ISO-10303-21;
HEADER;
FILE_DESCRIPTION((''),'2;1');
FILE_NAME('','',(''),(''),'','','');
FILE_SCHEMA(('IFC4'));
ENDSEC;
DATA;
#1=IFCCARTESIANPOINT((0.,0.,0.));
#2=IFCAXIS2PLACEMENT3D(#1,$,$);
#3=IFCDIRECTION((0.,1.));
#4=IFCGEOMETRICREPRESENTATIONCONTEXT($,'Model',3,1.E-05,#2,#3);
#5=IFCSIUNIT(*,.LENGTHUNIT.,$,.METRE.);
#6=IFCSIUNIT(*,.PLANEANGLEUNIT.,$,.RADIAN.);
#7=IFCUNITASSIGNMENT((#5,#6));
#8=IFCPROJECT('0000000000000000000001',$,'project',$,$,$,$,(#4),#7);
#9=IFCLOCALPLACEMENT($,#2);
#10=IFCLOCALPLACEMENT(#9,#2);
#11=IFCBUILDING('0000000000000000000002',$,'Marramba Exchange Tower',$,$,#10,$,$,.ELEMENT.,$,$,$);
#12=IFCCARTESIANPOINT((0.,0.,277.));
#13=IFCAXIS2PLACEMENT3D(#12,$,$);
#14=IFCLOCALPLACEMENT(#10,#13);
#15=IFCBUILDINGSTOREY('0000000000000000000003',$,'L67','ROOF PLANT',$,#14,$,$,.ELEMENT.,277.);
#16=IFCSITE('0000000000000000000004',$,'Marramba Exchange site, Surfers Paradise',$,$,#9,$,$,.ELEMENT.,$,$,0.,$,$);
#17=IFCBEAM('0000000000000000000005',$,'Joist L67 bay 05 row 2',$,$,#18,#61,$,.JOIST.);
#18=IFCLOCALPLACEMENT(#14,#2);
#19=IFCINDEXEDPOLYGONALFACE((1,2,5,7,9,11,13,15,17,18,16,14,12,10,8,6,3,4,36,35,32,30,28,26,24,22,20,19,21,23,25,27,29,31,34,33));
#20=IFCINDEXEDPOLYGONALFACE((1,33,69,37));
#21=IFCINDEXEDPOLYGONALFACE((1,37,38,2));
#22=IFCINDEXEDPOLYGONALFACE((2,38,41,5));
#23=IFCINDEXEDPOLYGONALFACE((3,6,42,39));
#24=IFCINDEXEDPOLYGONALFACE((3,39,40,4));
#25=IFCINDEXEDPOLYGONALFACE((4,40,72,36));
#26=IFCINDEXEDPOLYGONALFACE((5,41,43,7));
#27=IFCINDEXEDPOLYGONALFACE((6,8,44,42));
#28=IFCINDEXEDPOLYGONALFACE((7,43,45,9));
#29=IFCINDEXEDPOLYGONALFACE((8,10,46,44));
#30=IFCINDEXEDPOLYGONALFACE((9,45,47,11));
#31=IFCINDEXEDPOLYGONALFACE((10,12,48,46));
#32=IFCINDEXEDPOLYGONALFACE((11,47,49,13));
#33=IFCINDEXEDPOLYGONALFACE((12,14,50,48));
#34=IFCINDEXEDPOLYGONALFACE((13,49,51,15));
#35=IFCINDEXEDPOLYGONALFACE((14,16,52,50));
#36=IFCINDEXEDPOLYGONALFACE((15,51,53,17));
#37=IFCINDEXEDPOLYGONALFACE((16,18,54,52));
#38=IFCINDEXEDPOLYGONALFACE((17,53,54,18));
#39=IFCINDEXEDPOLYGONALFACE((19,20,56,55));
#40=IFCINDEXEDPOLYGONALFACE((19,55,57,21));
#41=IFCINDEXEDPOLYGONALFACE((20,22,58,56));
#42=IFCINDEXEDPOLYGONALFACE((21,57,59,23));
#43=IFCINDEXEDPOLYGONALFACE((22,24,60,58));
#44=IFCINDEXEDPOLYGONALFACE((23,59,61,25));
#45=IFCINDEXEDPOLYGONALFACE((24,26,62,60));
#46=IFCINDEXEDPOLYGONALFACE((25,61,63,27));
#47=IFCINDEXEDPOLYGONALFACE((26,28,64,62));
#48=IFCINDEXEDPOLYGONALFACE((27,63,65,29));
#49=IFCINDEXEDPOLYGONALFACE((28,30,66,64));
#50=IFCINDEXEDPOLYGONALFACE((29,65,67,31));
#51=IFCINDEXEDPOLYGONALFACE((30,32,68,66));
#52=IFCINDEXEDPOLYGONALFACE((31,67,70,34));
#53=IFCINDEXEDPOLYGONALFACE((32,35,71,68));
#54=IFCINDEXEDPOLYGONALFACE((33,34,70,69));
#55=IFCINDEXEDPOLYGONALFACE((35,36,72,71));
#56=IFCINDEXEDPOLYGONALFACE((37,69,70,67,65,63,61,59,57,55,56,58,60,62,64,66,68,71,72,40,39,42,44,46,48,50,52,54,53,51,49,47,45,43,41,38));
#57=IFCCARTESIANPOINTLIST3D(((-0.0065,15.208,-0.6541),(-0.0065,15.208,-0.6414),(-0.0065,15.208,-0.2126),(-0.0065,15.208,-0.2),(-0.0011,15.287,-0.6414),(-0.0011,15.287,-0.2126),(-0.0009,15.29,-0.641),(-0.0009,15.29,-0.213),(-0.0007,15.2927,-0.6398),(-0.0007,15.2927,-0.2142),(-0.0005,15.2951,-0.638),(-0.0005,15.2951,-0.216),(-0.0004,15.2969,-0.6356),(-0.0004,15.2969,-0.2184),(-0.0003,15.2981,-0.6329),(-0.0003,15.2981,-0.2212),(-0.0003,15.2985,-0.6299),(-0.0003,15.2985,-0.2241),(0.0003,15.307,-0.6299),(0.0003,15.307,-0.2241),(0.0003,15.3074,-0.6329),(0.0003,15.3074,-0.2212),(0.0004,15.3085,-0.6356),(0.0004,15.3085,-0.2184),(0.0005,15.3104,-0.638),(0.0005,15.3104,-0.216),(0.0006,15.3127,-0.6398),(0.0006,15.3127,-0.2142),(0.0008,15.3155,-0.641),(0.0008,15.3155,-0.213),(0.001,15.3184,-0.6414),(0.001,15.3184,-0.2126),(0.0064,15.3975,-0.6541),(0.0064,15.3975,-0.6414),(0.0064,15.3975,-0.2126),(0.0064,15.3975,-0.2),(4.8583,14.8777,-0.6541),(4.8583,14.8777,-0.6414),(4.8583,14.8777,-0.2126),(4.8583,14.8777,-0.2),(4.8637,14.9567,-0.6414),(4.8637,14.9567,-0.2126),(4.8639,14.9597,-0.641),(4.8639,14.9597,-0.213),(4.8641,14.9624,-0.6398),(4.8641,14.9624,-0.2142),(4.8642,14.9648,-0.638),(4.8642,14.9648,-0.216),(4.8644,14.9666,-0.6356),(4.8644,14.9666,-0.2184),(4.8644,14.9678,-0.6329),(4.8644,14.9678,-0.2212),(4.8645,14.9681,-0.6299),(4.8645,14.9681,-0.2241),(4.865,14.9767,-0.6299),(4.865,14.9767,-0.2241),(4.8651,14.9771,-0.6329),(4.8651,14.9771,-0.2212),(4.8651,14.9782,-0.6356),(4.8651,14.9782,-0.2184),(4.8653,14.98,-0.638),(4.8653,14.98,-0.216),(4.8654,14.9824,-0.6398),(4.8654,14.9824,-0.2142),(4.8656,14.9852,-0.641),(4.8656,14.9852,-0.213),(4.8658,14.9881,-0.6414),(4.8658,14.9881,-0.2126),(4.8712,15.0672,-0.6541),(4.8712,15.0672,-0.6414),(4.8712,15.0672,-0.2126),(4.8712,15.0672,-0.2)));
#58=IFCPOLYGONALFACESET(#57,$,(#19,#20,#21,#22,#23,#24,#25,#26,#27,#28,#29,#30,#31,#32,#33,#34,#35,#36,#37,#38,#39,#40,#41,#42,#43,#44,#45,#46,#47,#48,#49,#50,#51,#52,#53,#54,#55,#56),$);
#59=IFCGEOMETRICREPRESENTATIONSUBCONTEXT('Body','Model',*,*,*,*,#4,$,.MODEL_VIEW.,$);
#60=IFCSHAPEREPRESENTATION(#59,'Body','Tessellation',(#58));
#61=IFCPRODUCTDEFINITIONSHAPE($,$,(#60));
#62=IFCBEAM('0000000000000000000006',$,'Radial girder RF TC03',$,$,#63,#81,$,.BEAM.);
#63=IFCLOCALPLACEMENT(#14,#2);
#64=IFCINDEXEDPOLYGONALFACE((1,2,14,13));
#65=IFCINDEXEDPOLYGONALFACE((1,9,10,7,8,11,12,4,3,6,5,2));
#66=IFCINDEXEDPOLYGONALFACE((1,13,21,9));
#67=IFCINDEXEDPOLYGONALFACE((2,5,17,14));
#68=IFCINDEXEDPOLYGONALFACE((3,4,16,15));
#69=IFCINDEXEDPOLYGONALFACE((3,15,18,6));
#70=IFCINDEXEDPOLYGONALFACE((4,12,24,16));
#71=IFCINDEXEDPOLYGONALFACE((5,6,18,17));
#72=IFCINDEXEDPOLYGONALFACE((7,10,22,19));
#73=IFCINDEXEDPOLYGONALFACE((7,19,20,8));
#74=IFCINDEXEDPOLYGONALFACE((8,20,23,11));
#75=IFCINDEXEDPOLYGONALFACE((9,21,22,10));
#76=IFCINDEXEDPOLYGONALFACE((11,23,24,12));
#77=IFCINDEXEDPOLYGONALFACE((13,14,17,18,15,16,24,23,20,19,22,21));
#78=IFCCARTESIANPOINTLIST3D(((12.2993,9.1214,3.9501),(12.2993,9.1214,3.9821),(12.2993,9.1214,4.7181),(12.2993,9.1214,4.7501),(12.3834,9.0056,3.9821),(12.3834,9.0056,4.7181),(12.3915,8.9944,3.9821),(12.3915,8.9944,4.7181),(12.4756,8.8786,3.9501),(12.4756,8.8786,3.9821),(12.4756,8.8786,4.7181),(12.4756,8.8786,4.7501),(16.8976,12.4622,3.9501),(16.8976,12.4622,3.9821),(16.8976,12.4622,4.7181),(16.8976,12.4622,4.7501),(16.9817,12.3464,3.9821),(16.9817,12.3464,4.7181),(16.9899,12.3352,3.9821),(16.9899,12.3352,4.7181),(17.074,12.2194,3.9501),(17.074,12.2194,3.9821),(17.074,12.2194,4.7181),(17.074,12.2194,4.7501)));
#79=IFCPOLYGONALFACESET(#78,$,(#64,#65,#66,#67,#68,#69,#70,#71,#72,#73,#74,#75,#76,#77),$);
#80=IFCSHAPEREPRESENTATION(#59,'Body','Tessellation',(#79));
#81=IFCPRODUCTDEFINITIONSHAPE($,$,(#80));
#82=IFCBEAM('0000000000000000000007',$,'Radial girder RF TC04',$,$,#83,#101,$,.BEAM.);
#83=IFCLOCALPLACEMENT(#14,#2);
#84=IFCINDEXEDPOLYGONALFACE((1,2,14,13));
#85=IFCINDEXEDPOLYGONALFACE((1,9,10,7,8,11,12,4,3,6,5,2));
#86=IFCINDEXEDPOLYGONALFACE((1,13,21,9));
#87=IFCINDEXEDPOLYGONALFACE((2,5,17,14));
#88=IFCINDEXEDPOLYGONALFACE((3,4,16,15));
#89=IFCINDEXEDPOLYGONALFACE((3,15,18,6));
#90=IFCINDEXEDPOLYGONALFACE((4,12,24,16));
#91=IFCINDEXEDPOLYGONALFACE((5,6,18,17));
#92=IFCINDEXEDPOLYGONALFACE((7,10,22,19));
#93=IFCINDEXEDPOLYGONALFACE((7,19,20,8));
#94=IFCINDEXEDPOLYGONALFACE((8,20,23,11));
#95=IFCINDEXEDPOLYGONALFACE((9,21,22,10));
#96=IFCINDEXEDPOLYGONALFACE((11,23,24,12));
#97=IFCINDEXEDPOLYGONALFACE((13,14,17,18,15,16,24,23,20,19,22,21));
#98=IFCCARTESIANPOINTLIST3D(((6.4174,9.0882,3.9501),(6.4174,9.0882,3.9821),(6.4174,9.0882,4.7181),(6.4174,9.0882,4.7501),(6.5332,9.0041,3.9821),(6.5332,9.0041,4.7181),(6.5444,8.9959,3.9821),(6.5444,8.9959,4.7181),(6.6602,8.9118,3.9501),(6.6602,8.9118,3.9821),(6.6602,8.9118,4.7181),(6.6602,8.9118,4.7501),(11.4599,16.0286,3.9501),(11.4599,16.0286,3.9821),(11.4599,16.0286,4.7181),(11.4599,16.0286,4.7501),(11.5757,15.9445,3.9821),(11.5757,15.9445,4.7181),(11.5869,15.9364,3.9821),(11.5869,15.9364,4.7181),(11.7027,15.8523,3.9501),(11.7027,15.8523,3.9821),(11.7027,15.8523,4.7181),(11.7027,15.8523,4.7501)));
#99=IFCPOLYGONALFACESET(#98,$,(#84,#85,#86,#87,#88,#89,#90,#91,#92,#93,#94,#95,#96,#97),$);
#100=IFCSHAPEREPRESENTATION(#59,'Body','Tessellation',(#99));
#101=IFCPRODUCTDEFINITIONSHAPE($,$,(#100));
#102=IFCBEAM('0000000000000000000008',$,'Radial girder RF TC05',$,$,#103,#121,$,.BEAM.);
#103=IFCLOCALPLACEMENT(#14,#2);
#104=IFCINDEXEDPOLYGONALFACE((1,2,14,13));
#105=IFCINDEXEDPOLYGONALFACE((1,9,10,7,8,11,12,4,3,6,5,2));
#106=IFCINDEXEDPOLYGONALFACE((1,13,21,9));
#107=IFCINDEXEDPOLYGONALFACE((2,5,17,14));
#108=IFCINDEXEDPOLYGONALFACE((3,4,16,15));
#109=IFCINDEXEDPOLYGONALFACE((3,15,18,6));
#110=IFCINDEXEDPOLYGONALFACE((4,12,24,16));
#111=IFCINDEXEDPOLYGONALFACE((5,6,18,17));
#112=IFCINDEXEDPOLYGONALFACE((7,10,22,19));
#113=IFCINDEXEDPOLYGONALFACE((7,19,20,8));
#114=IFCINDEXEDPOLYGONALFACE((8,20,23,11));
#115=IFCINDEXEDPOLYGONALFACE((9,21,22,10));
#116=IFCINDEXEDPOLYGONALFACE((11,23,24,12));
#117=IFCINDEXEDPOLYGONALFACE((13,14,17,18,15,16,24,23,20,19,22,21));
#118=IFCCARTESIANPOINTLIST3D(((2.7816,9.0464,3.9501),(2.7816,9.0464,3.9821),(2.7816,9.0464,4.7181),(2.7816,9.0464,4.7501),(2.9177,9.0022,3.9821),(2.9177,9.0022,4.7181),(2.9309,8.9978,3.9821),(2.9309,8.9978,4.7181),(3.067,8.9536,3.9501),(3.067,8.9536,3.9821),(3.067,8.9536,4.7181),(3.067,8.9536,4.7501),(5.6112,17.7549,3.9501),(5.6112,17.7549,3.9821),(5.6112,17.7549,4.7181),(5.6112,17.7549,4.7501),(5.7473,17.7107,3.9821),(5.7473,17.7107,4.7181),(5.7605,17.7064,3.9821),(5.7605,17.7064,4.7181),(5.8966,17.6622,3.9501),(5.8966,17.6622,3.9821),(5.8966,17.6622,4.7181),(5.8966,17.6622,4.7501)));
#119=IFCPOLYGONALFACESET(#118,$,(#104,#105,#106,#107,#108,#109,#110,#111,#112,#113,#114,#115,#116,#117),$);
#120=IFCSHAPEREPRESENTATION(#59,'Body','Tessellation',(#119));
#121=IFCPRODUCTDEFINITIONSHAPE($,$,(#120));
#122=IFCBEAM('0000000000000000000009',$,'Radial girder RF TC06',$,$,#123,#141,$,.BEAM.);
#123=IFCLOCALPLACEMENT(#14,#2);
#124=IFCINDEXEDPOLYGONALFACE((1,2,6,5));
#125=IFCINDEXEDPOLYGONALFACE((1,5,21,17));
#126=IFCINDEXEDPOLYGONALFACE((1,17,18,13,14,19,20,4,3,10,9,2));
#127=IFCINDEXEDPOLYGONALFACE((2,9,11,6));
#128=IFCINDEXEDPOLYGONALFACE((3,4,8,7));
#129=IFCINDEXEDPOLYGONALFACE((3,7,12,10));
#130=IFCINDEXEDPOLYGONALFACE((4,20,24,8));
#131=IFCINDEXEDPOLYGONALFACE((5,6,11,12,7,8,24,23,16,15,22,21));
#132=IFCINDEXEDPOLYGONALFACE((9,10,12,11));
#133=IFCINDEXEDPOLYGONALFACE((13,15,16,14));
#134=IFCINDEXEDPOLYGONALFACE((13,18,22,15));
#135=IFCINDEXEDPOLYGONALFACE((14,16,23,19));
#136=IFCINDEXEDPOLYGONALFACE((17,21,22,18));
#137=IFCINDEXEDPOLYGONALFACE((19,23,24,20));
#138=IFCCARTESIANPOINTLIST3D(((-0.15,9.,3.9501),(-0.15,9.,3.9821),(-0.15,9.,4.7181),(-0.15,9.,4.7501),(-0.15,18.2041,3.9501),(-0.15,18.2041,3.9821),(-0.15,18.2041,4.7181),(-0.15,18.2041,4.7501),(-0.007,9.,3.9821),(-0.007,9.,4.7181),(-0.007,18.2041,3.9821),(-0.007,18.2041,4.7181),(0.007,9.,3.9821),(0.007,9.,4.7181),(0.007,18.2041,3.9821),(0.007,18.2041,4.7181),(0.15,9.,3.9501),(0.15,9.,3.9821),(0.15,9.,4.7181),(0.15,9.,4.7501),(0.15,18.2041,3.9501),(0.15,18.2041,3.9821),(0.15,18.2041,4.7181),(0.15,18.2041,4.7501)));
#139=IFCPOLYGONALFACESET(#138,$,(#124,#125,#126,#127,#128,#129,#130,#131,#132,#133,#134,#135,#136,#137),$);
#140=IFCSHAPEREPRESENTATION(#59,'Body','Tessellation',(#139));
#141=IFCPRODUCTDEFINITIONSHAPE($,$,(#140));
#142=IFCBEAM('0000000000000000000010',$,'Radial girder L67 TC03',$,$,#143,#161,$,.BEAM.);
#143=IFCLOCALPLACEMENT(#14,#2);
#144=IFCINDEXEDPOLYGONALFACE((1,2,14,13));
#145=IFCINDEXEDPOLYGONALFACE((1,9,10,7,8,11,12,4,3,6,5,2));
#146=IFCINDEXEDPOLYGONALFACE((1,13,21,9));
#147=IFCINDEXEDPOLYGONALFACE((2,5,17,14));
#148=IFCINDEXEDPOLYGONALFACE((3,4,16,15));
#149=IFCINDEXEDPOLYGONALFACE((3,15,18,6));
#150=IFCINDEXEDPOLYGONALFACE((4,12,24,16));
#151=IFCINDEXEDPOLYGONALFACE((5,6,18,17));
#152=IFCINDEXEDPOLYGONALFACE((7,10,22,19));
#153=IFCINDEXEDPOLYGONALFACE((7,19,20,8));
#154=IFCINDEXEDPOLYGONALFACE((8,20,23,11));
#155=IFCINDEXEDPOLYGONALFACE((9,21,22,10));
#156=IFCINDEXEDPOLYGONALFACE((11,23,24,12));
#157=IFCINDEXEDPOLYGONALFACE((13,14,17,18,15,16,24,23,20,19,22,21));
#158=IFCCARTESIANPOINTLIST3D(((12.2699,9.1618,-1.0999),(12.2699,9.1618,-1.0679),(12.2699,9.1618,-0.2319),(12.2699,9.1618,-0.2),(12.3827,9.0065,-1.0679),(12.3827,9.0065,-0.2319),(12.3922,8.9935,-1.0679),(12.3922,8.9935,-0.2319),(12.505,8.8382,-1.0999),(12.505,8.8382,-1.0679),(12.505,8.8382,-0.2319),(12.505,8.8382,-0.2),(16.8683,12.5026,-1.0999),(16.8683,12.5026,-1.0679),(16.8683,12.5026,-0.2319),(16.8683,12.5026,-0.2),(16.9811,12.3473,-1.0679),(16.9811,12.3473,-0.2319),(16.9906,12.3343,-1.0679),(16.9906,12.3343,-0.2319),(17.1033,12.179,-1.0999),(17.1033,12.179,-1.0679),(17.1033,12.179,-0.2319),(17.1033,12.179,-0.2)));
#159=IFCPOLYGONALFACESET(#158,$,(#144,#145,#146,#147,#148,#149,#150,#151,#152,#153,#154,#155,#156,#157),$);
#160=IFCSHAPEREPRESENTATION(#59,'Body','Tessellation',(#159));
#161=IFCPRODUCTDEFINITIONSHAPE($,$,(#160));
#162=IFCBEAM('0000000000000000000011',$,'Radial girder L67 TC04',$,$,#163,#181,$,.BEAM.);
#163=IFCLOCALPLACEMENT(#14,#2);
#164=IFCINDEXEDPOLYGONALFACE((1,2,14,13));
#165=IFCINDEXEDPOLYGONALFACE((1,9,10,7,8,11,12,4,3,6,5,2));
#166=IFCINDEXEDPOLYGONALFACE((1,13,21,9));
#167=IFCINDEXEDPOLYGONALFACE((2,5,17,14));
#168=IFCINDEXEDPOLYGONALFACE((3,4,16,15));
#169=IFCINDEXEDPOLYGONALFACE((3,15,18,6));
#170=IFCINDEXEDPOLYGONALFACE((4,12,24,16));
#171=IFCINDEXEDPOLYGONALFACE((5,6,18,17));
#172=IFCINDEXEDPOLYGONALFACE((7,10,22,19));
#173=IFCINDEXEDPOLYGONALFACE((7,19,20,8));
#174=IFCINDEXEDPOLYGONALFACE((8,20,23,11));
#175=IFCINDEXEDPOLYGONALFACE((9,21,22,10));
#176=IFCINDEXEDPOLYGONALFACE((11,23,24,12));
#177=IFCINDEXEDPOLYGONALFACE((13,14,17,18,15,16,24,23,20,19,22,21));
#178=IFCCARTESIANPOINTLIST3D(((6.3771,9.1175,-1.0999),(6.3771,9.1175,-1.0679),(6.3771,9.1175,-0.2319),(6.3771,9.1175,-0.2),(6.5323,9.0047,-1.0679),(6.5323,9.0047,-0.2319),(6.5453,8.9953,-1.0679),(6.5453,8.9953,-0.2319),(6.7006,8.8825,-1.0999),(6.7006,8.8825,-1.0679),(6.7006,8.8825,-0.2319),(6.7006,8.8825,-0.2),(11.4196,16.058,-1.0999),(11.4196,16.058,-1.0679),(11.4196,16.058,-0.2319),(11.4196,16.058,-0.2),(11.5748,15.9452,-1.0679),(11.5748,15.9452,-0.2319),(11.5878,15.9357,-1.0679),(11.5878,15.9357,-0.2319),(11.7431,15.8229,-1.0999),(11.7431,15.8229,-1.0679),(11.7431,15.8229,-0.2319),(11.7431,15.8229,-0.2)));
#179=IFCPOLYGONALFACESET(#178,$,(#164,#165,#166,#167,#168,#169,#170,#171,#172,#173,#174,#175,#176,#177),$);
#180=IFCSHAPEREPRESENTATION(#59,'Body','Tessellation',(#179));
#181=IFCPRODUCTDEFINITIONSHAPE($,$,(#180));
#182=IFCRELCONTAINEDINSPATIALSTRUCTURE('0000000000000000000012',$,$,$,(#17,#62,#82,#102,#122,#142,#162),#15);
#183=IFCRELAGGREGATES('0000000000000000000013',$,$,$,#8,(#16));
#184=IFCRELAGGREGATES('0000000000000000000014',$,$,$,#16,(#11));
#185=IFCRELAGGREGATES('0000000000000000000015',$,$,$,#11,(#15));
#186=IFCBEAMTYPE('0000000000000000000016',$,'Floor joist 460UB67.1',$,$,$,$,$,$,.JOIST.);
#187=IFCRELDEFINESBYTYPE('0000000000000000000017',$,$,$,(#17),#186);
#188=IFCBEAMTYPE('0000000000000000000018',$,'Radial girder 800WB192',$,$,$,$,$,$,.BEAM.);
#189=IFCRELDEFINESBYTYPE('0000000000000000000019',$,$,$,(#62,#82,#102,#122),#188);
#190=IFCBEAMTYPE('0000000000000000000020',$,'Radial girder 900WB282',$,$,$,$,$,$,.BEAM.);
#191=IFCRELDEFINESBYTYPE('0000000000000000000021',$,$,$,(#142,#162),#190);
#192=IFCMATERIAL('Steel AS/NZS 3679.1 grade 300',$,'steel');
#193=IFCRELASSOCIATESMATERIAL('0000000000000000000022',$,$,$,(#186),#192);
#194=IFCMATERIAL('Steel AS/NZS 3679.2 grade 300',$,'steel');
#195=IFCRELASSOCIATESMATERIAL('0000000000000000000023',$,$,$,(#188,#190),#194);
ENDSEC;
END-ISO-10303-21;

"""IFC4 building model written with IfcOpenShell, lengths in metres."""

from ifc_helpers import new_model, si_unit, direction, frame, origin, origin_2d, place, context, subcontext, project, spatial, i_section, extrude, material, material_profile, profile_set, type_object, element, save


model = new_model("IFC4")

# Units and contexts
model_context = context("Model", 3, precision=1e-05, world=origin(), true_north=direction((0.0, 1.0)))
body_context = subcontext(model_context, "Body", "Model", "MODEL_VIEW")
ifc_project = project(units=[si_unit("LENGTHUNIT", "METRE"), si_unit("PLANEANGLEUNIT", "RADIAN")], contexts=[model_context])

# Site, building, storey
site_placement = place(None, origin())
site = spatial("IfcSite", under=ifc_project, at=site_placement, Name="Marramba Exchange site, Surfers Paradise", CompositionType="ELEMENT", RefElevation=0.0)
building_placement = place(site_placement, origin())
building = spatial("IfcBuilding", under=site, at=building_placement, Name="Marramba Exchange Tower", CompositionType="ELEMENT")
storey_placement = place(building_placement, frame((0.0, 0.0, 277.0)))
storey = spatial("IfcBuildingStorey", under=building, at=storey_placement, Name="L67", Description="ROOF PLANT", CompositionType="ELEMENT", Elevation=277.0)

# Beams
ifc_material_1 = material(Name="Steel AS/NZS 3679.1 grade 300", Category="steel")
ifc_material_profile_1 = material_profile(ifc_material_1, i_section(OverallWidth=0.1899, OverallDepth=0.4541, WebThickness=0.0085, FlangeThickness=0.0127, FilletRadius=0.0115, at=origin_2d()), Name="460UB67.1")
ifc_profile_set_1 = profile_set([ifc_material_profile_1], Name="Steel AS/NZS 3679.1 grade 300")
beam_type_1 = type_object("IfcBeamType", Name="Floor joist 460UB67.1", PredefinedType="JOIST", material=ifc_profile_set_1)
beam_1_placement = place(storey_placement, frame((4.8647, 14.9724, -0.427), z_axis=(-0.997703, 0.067745, 0.0), x_axis=(-0.067745, -0.997703, 0.0)))
element("IfcBeam", 1, at=beam_1_placement, inside=storey, type_object=beam_type_1, Name="Joist L67 bay 05 row 2", PredefinedType="JOIST", context=body_context, shape_type="SweptSolid", body=[
    extrude(i_section(OverallWidth=0.1899, OverallDepth=0.4541, WebThickness=0.0085, FlangeThickness=0.0127, FilletRadius=0.0115, at=origin_2d()), origin(), (0.0, 0.0, 1.0), 4.876),
])
ifc_material_2 = material(Name="Steel AS/NZS 3679.2 grade 300", Category="steel")
ifc_material_profile_2 = material_profile(ifc_material_2, i_section(OverallWidth=0.3, OverallDepth=0.8, WebThickness=0.0139, FlangeThickness=0.032, at=origin_2d()), Name="800WB192")
ifc_profile_set_2 = profile_set([ifc_material_profile_2], Name="Steel AS/NZS 3679.2 grade 300")
beam_type_2 = type_object("IfcBeamType", Name="Radial girder 800WB192", PredefinedType="BEAM", material=ifc_profile_set_2)
beam_2_placement = place(storey_placement, frame((12.3875, 9.0, 4.3501), z_axis=(0.809026, 0.587773, 0.0), x_axis=(-0.587773, 0.809026, 0.0)))
element("IfcBeam", 2, at=beam_2_placement, inside=storey, type_object=beam_type_2, Name="Radial girder RF TC03", PredefinedType="BEAM", context=body_context, shape_type="SweptSolid", body=[
    extrude(i_section(OverallWidth=0.3, OverallDepth=0.8, WebThickness=0.0139, FlangeThickness=0.032, at=origin_2d()), origin(), (0.0, 0.0, 1.0), 5.6838),
])
beam_3_placement = place(storey_placement, frame((6.5388, 9.0, 4.3501), z_axis=(0.587782, 0.809019, 0.0), x_axis=(-0.809019, 0.587782, 0.0)))
element("IfcBeam", 3, at=beam_3_placement, inside=storey, type_object=beam_type_2, Name="Radial girder RF TC04", PredefinedType="BEAM", context=body_context, shape_type="SweptSolid", body=[
    extrude(i_section(OverallWidth=0.3, OverallDepth=0.8, WebThickness=0.0139, FlangeThickness=0.032, at=origin_2d()), origin(), (0.0, 0.0, 1.0), 8.5789),
])
beam_4_placement = place(storey_placement, frame((2.9243, 9.0, 4.3501), z_axis=(0.30902, 0.951056, 0.0), x_axis=(-0.951056, 0.30902, 0.0)))
element("IfcBeam", 4, at=beam_4_placement, inside=storey, type_object=beam_type_2, Name="Radial girder RF TC05", PredefinedType="BEAM", context=body_context, shape_type="SweptSolid", body=[
    extrude(i_section(OverallWidth=0.3, OverallDepth=0.8, WebThickness=0.0139, FlangeThickness=0.032, at=origin_2d()), origin(), (0.0, 0.0, 1.0), 9.1567),
])
beam_5_placement = place(storey_placement, frame((0.0, 9.0, 4.3501), z_axis=(0.0, 1.0, 0.0), x_axis=(-1.0, 0.0, 0.0)))
element("IfcBeam", 5, at=beam_5_placement, inside=storey, type_object=beam_type_2, Name="Radial girder RF TC06", PredefinedType="BEAM", context=body_context, shape_type="SweptSolid", body=[
    extrude(i_section(OverallWidth=0.3, OverallDepth=0.8, WebThickness=0.0139, FlangeThickness=0.032, at=origin_2d()), origin(), (0.0, 0.0, 1.0), 9.2041),
])
ifc_material_profile_3 = material_profile(ifc_material_2, i_section(OverallWidth=0.3999, OverallDepth=0.8999, WebThickness=0.0161, FlangeThickness=0.032, at=origin_2d()), Name="900WB282")
ifc_profile_set_3 = profile_set([ifc_material_profile_3], Name="Steel AS/NZS 3679.2 grade 300")
beam_type_3 = type_object("IfcBeamType", Name="Radial girder 900WB282", PredefinedType="BEAM", material=ifc_profile_set_3)
beam_6_placement = place(storey_placement, frame((12.3875, 9.0, -0.6499), z_axis=(0.809026, 0.587773, 0.0), x_axis=(-0.587773, 0.809026, 0.0)))
element("IfcBeam", 6, at=beam_6_placement, inside=storey, type_object=beam_type_3, Name="Radial girder L67 TC03", PredefinedType="BEAM", context=body_context, shape_type="SweptSolid", body=[
    extrude(i_section(OverallWidth=0.3999, OverallDepth=0.8999, WebThickness=0.0161, FlangeThickness=0.032, at=origin_2d()), origin(), (0.0, 0.0, 1.0), 5.6838),
])
beam_7_placement = place(storey_placement, frame((6.5388, 9.0, -0.6499), z_axis=(0.587782, 0.809019, 0.0), x_axis=(-0.809019, 0.587782, 0.0)))
element("IfcBeam", 7, at=beam_7_placement, inside=storey, type_object=beam_type_3, Name="Radial girder L67 TC04", PredefinedType="BEAM", context=body_context, shape_type="SweptSolid", body=[
    extrude(i_section(OverallWidth=0.3999, OverallDepth=0.8999, WebThickness=0.0161, FlangeThickness=0.032, at=origin_2d()), origin(), (0.0, 0.0, 1.0), 8.5789),
])

save(model, "model.ifc")
